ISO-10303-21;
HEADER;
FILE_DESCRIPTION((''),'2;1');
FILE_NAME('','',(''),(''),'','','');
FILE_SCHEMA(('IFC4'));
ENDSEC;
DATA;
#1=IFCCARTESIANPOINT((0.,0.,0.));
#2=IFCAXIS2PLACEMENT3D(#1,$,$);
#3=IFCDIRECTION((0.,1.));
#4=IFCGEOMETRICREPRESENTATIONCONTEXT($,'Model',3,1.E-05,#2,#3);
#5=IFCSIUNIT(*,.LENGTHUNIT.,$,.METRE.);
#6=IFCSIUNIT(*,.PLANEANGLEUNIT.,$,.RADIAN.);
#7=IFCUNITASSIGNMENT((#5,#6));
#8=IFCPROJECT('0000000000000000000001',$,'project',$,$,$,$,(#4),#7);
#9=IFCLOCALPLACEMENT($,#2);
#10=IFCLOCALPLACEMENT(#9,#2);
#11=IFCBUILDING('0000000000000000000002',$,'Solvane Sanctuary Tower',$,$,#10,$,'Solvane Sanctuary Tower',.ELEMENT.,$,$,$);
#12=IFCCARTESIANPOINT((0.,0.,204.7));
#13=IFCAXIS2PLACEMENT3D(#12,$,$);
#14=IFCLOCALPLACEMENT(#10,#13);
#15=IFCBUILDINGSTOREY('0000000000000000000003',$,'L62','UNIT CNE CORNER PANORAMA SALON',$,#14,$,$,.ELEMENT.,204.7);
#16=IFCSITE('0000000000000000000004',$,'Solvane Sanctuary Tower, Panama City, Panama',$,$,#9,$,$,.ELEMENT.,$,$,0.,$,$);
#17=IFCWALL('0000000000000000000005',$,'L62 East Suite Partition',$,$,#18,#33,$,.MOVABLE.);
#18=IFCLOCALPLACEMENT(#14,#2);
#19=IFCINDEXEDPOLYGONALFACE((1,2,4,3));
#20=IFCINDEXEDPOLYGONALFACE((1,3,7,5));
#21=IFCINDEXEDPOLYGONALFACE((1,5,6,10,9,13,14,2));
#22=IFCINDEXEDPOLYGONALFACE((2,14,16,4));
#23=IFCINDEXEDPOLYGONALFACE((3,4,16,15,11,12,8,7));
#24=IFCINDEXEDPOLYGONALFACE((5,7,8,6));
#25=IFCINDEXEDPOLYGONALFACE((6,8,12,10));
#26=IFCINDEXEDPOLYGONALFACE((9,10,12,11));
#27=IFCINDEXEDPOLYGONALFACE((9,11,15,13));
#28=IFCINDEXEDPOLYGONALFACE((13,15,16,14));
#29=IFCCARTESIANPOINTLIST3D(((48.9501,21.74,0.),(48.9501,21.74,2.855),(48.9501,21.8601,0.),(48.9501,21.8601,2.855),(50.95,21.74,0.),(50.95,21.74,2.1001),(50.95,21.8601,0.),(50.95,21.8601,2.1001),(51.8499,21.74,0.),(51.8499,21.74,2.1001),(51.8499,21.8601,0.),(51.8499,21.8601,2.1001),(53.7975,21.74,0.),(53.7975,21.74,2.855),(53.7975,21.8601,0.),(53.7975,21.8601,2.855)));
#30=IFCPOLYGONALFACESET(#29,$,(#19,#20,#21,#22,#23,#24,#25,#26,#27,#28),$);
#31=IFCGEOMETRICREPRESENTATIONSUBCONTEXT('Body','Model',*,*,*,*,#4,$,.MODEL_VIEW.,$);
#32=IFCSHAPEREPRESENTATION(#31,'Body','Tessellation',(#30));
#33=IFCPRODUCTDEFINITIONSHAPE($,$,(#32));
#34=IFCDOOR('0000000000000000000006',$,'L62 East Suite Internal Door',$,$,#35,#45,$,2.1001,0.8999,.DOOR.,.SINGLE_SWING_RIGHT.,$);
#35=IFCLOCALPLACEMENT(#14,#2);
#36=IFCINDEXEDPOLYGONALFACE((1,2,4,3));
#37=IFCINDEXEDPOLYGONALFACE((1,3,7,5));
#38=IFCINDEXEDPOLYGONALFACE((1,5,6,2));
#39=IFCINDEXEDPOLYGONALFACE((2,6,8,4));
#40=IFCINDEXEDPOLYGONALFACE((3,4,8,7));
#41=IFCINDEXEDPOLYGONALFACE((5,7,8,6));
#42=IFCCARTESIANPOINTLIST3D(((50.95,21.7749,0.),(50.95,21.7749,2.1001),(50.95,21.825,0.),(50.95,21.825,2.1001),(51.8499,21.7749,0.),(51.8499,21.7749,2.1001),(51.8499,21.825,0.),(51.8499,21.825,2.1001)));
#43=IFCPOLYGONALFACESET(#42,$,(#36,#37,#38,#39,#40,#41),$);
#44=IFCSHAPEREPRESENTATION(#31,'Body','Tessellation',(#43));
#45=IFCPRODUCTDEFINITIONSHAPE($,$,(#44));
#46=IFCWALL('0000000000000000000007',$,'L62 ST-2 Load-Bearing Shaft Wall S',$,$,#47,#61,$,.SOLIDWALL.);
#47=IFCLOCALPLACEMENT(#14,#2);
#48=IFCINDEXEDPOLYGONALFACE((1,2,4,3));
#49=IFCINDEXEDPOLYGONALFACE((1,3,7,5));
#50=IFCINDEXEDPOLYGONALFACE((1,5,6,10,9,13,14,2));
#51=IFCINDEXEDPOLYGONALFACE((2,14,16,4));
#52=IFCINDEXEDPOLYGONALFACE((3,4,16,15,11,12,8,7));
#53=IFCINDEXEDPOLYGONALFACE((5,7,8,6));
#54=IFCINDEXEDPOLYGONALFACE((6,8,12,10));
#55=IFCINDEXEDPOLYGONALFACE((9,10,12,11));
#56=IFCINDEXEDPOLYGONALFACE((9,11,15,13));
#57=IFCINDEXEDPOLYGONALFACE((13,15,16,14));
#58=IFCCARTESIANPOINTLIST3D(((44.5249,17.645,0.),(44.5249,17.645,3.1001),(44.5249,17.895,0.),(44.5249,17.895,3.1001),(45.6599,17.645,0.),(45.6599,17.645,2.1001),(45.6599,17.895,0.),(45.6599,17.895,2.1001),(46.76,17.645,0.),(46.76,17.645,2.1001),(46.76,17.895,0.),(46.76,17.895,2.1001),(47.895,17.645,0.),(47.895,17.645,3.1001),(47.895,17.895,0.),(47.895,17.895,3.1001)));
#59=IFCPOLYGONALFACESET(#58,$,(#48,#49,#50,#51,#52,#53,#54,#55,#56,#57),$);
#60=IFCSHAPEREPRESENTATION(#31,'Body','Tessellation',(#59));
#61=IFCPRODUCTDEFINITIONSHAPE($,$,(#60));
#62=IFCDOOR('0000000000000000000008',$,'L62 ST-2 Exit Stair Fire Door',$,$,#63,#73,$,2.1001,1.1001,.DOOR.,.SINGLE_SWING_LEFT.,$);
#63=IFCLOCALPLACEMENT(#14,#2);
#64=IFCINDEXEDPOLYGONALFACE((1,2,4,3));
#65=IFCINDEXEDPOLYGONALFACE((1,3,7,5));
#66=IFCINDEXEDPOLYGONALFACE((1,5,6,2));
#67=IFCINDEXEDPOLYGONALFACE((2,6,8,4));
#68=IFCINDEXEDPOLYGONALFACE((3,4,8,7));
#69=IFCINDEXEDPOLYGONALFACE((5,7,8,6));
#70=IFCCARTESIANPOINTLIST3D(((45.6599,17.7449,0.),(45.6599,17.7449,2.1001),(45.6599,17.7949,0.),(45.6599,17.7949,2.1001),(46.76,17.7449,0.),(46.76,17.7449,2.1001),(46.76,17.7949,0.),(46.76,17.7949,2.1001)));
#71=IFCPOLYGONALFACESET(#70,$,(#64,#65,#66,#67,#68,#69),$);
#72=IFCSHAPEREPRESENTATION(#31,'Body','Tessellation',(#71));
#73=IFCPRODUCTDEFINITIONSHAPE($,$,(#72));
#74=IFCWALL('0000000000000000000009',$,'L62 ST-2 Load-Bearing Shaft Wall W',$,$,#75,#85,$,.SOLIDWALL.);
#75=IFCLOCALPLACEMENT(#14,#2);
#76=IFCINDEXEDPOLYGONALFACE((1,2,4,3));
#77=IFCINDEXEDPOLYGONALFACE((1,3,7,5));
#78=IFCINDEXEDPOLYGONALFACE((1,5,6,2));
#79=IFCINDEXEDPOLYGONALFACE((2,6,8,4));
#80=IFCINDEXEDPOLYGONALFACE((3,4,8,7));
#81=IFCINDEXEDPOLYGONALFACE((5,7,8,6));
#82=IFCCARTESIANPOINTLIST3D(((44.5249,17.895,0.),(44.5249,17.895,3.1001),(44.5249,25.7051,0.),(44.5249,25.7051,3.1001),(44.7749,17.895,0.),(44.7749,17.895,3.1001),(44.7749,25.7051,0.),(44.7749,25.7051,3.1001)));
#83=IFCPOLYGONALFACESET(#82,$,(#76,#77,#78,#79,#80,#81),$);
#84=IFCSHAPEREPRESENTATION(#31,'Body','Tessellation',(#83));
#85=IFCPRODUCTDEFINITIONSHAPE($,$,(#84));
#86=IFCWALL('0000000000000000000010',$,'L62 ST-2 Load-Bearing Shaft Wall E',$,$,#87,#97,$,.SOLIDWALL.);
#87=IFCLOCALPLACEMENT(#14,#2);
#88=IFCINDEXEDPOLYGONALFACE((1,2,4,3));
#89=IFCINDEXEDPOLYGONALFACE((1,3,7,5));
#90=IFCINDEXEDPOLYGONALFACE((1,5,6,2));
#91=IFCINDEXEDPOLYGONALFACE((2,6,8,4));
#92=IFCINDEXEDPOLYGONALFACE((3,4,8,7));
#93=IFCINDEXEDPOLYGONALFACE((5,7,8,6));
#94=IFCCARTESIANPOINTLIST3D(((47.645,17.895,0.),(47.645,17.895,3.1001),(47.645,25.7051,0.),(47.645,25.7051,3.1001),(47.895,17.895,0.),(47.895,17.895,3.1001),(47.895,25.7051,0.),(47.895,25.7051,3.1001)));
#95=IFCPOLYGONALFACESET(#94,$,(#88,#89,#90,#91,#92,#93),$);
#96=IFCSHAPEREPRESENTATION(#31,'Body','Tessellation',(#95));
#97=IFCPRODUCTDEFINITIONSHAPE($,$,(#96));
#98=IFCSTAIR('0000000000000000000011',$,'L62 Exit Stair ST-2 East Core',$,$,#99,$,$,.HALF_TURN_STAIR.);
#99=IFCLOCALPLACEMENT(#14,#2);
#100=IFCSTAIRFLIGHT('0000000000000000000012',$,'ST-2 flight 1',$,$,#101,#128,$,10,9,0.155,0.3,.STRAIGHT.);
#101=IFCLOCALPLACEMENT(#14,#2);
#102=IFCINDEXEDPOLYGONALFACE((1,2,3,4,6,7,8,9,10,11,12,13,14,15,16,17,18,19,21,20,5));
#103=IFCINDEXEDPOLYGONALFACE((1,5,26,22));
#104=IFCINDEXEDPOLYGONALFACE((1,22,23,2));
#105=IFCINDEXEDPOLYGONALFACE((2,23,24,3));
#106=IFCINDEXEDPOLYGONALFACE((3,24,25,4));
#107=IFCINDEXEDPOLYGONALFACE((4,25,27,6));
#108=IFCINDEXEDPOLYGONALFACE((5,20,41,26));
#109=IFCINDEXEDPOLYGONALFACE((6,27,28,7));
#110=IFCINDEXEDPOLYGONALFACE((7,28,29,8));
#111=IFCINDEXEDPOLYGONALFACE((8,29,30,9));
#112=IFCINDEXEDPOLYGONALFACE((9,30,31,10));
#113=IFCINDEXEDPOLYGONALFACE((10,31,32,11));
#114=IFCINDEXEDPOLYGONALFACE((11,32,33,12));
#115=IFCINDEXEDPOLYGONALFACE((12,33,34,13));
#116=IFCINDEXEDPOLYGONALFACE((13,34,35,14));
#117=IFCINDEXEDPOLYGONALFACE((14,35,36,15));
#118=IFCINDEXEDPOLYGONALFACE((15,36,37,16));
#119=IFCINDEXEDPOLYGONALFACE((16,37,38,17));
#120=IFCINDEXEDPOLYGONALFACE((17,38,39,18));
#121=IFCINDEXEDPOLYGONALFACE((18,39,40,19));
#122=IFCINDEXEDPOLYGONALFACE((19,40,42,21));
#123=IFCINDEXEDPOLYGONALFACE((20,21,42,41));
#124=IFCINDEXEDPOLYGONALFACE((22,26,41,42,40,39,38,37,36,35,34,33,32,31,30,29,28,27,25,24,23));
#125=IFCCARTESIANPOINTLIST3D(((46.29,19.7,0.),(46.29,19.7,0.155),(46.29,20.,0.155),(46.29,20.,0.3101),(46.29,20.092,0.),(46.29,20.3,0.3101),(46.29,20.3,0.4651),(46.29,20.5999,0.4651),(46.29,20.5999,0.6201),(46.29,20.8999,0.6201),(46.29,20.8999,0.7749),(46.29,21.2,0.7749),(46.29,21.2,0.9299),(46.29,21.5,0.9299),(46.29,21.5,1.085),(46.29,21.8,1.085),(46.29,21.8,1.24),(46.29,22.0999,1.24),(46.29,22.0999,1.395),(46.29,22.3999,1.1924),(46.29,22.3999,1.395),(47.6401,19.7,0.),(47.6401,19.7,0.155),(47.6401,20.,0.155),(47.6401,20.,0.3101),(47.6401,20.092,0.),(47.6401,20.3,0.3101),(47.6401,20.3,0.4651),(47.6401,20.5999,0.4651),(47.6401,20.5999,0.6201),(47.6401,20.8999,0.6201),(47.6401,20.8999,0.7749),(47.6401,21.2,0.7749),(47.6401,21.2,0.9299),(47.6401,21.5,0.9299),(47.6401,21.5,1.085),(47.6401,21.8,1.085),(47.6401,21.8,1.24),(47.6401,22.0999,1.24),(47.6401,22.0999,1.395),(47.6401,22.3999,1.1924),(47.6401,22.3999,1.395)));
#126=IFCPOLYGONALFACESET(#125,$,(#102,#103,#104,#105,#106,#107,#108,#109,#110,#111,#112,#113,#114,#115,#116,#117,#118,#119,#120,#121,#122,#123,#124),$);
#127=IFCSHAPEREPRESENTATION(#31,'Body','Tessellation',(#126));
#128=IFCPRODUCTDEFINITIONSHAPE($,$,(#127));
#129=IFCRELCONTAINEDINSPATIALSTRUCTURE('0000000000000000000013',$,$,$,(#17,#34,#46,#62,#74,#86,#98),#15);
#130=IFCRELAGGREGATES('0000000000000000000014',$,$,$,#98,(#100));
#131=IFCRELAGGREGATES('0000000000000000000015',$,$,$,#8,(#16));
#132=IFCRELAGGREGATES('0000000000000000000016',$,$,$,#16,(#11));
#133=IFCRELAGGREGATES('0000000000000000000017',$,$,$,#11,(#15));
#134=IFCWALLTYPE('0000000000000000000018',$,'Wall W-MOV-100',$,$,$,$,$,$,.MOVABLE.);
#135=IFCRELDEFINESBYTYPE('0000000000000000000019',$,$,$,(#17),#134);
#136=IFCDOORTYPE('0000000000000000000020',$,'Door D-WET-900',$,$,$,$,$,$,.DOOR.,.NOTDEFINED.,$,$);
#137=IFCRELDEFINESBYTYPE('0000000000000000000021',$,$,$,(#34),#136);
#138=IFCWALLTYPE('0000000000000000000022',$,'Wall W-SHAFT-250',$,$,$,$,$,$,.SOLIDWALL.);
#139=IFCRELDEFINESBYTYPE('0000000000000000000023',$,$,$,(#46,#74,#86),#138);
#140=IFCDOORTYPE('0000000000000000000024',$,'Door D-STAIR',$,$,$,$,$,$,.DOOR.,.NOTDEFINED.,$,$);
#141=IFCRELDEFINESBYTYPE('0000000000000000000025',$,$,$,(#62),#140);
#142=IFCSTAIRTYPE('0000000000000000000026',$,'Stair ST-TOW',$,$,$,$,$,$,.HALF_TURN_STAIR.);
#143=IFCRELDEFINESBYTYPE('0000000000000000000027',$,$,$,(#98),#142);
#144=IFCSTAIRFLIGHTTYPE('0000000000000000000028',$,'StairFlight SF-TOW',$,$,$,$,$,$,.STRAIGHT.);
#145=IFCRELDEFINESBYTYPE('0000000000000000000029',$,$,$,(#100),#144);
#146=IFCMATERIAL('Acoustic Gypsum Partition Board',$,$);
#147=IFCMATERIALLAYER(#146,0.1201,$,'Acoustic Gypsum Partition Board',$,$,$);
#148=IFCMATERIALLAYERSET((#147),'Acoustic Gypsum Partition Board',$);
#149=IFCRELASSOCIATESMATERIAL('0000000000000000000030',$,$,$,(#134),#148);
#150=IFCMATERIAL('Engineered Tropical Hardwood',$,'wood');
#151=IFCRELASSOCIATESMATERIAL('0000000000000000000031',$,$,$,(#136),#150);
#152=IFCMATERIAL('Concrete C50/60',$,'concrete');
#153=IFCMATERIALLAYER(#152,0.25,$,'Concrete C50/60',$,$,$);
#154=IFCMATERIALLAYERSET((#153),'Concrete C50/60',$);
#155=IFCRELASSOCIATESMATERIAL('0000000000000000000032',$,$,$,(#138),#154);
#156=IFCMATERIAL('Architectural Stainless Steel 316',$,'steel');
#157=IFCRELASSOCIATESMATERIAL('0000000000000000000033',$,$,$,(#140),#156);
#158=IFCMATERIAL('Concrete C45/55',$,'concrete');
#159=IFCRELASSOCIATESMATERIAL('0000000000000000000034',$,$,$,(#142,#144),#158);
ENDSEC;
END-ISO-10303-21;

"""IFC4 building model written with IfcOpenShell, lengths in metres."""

from ifc_helpers import new_model, si_unit, direction, frame, frame_2d, origin, place, context, subcontext, project, spatial, polyline, rectangle, outline, extrude, material, layer, layer_set, type_object, element, fill, aggregate, save


model = new_model("IFC4")

# Units and contexts
model_context = context("Model", 3, precision=1e-05, world=origin(), true_north=direction((0.0, 1.0)))
body_context = subcontext(model_context, "Body", "Model", "MODEL_VIEW")
ifc_project = project(units=[si_unit("LENGTHUNIT", "METRE"), si_unit("PLANEANGLEUNIT", "RADIAN")], contexts=[model_context])

# Site, building, storey
site_placement = place(None, origin())
site = spatial("IfcSite", under=ifc_project, at=site_placement, Name="Solvane Sanctuary Tower, Panama City, Panama", CompositionType="ELEMENT", RefElevation=0.0)
building_placement = place(site_placement, origin())
building = spatial("IfcBuilding", under=site, at=building_placement, Name="Solvane Sanctuary Tower", LongName="Solvane Sanctuary Tower", CompositionType="ELEMENT")
storey_placement = place(building_placement, frame((0.0, 0.0, 204.7)))
storey = spatial("IfcBuildingStorey", under=building, at=storey_placement, Name="L62", Description="UNIT CNE CORNER PANORAMA SALON", CompositionType="ELEMENT", Elevation=204.7)

# Shared definitions
ifc_material_1 = material(Name="Concrete C50/60", Category="concrete")

# Shared definitions
ifc_material_2 = material(Name="Acoustic Gypsum Partition Board")
ifc_material_3 = material(Name="Engineered Tropical Hardwood", Category="wood")

# Walls, openings, doors
ifc_layer_1 = layer(ifc_material_2, 0.1201, Name="Acoustic Gypsum Partition Board")
ifc_layer_set_1 = layer_set([ifc_layer_1], Name="Acoustic Gypsum Partition Board")
wall_type_1 = type_object("IfcWallType", Name="Wall W-MOV-100", PredefinedType="MOVABLE", material=ifc_layer_set_1)
wall_1_placement = place(storey_placement, frame((48.95, 21.8, 0.0), z_axis=(0.0, 0.0, 1.0), x_axis=(1.0, 0.0, 0.0)))
wall_1 = element("IfcWall", 1, at=wall_1_placement, inside=storey, type_object=wall_type_1, Name="L62 East Suite Partition", PredefinedType="MOVABLE", context=body_context, shape_type="SweptSolid", body=[
    extrude(rectangle(XDim=4.8474, YDim=0.1201, at=frame_2d((2.4238, 0.0))), origin(), (0.0, 0.0, 1.0), 2.855),
])
opening_1_placement = place(wall_1_placement, frame((2.0, 0.0, 0.0)))
opening_1 = element("IfcOpeningElement", 2, at=opening_1_placement, cuts=wall_1, PredefinedType="OPENING", context=body_context, shape_type="SweptSolid", body=[
    extrude(rectangle(XDim=0.8999, YDim=2.1001, at=frame_2d((0.45, 1.05))), frame((0.0, 0.0701, 0.0), z_axis=(0.0, -1.0, 0.0), x_axis=(1.0, 0.0, 0.0)), (0.0, 0.0, 1.0), 0.1401),
])
door_type_1 = type_object("IfcDoorType", Name="Door D-WET-900", OperationType="NOTDEFINED", PredefinedType="DOOR", material=ifc_material_3)
door_1_placement = place(opening_1_placement, origin())
door_1 = element("IfcDoor", 3, at=door_1_placement, inside=storey, type_object=door_type_1, Name="L62 East Suite Internal Door", OperationType="SINGLE_SWING_RIGHT", OverallHeight=2.1001, OverallWidth=0.8999, PredefinedType="DOOR", context=body_context, shape_type="SweptSolid", body=[
    extrude(rectangle(XDim=0.8999, YDim=2.1001, at=frame_2d((0.45, 1.05))), frame((0.0, 0.0249, 0.0), z_axis=(0.0, -1.0, 0.0), x_axis=(1.0, 0.0, 0.0)), (0.0, 0.0, 1.0), 0.05),
])
fill(opening_1, door_1)
ifc_layer_2 = layer(ifc_material_1, 0.25, Name="Concrete C50/60")
ifc_layer_set_2 = layer_set([ifc_layer_2], Name="Concrete C50/60")
wall_type_2 = type_object("IfcWallType", Name="Wall W-SHAFT-250", PredefinedType="SOLIDWALL", material=ifc_layer_set_2)
wall_2_placement = place(storey_placement, frame((44.5249, 17.77, 0.0), z_axis=(0.0, 0.0, 1.0), x_axis=(1.0, 0.0, 0.0)))
wall_2 = element("IfcWall", 4, at=wall_2_placement, inside=storey, type_object=wall_type_2, Name="L62 ST-2 Load-Bearing Shaft Wall S", PredefinedType="SOLIDWALL", context=body_context, shape_type="SweptSolid", body=[
    extrude(rectangle(XDim=3.3701, YDim=0.25, at=frame_2d((1.6851, 0.0))), origin(), (0.0, 0.0, 1.0), 3.1001),
])
opening_2_placement = place(wall_2_placement, frame((1.135, 0.0, 0.0)))
opening_2 = element("IfcOpeningElement", 5, at=opening_2_placement, cuts=wall_2, PredefinedType="OPENING", context=body_context, shape_type="SweptSolid", body=[
    extrude(rectangle(XDim=1.1001, YDim=2.1001, at=frame_2d((0.55, 1.05))), frame((0.0, 0.135, 0.0), z_axis=(0.0, -1.0, 0.0), x_axis=(1.0, 0.0, 0.0)), (0.0, 0.0, 1.0), 0.27),
])
ifc_material_4 = material(Name="Architectural Stainless Steel 316", Category="steel")
door_type_2 = type_object("IfcDoorType", Name="Door D-STAIR", OperationType="NOTDEFINED", PredefinedType="DOOR", material=ifc_material_4)
door_2_placement = place(opening_2_placement, origin())
door_2 = element("IfcDoor", 6, at=door_2_placement, inside=storey, type_object=door_type_2, Name="L62 ST-2 Exit Stair Fire Door", OperationType="SINGLE_SWING_LEFT", OverallHeight=2.1001, OverallWidth=1.1001, PredefinedType="DOOR", context=body_context, shape_type="SweptSolid", body=[
    extrude(rectangle(XDim=1.1001, YDim=2.1001, at=frame_2d((0.55, 1.05))), frame((0.0, 0.0249, 0.0), z_axis=(0.0, -1.0, 0.0), x_axis=(1.0, 0.0, 0.0)), (0.0, 0.0, 1.0), 0.05),
])
fill(opening_2, door_2)

# Walls
for number, where, z_axis, x_axis, name in (
    (7, (44.6499, 17.895, 0.0), (0.0, 0.0, 1.0), (0.0, 1.0, 0.0), "L62 ST-2 Load-Bearing Shaft Wall W"),
    (8, (47.77, 17.895, 0.0), (0.0, 0.0, 1.0), (0.0, 1.0, 0.0), "L62 ST-2 Load-Bearing Shaft Wall E"),
):
    element("IfcWall", number, at=place(storey_placement, frame(where, z_axis=z_axis, x_axis=x_axis)), inside=storey, type_object=wall_type_2, Name=name, PredefinedType="SOLIDWALL", context=body_context, shape_type="SweptSolid", body=[
        extrude(rectangle(XDim=7.8101, YDim=0.25, at=frame_2d((3.905, 0.0))), origin(), (0.0, 0.0, 1.0), 3.1001),
    ])

# Stair, stair flight
ifc_material_5 = material(Name="Concrete C45/55", Category="concrete")
stair_type = type_object("IfcStairType", Name="Stair ST-TOW", PredefinedType="HALF_TURN_STAIR", material=ifc_material_5)
stair_placement = place(storey_placement, origin())
stair = element("IfcStair", 9, at=stair_placement, inside=storey, type_object=stair_type, Name="L62 Exit Stair ST-2 East Core", PredefinedType="HALF_TURN_STAIR")
stair_flight_type = type_object("IfcStairFlightType", Name="StairFlight SF-TOW", PredefinedType="STRAIGHT", material=ifc_material_5)
stair_flight_placement = place(storey_placement, frame((46.9651, 19.7, 0.0), z_axis=(0.0, 0.0, 1.0), x_axis=(0.0, 1.0, 0.0)))
stair_flight = element("IfcStairFlight", 10, at=stair_flight_placement, type_object=stair_flight_type, Name="ST-2 flight 1", NumberOfRisers=10, NumberOfTreads=9, PredefinedType="STRAIGHT", RiserHeight=0.155, TreadLength=0.3, context=body_context, shape_type="SweptSolid", body=[
    extrude(outline(polyline([(0.0, 0.0), (0.0, 0.155), (0.3, 0.155), (0.3, 0.3101), (0.6001, 0.3101), (0.6001, 0.4651), (0.8999, 0.4651), (0.8999, 0.6201), (1.2, 0.6201), (1.2, 0.7749), (1.5, 0.7749), (1.5, 0.9299), (1.8, 0.9299), (1.8, 1.085), (2.1001, 1.085), (2.1001, 1.24), (2.3999, 1.24), (2.3999, 1.395), (2.7, 1.395), (2.7, 1.55), (2.7, 1.1924), (0.3921, 0.0), (0.0, 0.0)])), frame((0.0, 0.675, 0.0), z_axis=(0.0, -1.0, 0.0), x_axis=(1.0, 0.0, 0.0)), (0.0, 0.0, 1.0), 1.3501),
])
aggregate(stair, [stair_flight])

save(model, "model.ifc")
